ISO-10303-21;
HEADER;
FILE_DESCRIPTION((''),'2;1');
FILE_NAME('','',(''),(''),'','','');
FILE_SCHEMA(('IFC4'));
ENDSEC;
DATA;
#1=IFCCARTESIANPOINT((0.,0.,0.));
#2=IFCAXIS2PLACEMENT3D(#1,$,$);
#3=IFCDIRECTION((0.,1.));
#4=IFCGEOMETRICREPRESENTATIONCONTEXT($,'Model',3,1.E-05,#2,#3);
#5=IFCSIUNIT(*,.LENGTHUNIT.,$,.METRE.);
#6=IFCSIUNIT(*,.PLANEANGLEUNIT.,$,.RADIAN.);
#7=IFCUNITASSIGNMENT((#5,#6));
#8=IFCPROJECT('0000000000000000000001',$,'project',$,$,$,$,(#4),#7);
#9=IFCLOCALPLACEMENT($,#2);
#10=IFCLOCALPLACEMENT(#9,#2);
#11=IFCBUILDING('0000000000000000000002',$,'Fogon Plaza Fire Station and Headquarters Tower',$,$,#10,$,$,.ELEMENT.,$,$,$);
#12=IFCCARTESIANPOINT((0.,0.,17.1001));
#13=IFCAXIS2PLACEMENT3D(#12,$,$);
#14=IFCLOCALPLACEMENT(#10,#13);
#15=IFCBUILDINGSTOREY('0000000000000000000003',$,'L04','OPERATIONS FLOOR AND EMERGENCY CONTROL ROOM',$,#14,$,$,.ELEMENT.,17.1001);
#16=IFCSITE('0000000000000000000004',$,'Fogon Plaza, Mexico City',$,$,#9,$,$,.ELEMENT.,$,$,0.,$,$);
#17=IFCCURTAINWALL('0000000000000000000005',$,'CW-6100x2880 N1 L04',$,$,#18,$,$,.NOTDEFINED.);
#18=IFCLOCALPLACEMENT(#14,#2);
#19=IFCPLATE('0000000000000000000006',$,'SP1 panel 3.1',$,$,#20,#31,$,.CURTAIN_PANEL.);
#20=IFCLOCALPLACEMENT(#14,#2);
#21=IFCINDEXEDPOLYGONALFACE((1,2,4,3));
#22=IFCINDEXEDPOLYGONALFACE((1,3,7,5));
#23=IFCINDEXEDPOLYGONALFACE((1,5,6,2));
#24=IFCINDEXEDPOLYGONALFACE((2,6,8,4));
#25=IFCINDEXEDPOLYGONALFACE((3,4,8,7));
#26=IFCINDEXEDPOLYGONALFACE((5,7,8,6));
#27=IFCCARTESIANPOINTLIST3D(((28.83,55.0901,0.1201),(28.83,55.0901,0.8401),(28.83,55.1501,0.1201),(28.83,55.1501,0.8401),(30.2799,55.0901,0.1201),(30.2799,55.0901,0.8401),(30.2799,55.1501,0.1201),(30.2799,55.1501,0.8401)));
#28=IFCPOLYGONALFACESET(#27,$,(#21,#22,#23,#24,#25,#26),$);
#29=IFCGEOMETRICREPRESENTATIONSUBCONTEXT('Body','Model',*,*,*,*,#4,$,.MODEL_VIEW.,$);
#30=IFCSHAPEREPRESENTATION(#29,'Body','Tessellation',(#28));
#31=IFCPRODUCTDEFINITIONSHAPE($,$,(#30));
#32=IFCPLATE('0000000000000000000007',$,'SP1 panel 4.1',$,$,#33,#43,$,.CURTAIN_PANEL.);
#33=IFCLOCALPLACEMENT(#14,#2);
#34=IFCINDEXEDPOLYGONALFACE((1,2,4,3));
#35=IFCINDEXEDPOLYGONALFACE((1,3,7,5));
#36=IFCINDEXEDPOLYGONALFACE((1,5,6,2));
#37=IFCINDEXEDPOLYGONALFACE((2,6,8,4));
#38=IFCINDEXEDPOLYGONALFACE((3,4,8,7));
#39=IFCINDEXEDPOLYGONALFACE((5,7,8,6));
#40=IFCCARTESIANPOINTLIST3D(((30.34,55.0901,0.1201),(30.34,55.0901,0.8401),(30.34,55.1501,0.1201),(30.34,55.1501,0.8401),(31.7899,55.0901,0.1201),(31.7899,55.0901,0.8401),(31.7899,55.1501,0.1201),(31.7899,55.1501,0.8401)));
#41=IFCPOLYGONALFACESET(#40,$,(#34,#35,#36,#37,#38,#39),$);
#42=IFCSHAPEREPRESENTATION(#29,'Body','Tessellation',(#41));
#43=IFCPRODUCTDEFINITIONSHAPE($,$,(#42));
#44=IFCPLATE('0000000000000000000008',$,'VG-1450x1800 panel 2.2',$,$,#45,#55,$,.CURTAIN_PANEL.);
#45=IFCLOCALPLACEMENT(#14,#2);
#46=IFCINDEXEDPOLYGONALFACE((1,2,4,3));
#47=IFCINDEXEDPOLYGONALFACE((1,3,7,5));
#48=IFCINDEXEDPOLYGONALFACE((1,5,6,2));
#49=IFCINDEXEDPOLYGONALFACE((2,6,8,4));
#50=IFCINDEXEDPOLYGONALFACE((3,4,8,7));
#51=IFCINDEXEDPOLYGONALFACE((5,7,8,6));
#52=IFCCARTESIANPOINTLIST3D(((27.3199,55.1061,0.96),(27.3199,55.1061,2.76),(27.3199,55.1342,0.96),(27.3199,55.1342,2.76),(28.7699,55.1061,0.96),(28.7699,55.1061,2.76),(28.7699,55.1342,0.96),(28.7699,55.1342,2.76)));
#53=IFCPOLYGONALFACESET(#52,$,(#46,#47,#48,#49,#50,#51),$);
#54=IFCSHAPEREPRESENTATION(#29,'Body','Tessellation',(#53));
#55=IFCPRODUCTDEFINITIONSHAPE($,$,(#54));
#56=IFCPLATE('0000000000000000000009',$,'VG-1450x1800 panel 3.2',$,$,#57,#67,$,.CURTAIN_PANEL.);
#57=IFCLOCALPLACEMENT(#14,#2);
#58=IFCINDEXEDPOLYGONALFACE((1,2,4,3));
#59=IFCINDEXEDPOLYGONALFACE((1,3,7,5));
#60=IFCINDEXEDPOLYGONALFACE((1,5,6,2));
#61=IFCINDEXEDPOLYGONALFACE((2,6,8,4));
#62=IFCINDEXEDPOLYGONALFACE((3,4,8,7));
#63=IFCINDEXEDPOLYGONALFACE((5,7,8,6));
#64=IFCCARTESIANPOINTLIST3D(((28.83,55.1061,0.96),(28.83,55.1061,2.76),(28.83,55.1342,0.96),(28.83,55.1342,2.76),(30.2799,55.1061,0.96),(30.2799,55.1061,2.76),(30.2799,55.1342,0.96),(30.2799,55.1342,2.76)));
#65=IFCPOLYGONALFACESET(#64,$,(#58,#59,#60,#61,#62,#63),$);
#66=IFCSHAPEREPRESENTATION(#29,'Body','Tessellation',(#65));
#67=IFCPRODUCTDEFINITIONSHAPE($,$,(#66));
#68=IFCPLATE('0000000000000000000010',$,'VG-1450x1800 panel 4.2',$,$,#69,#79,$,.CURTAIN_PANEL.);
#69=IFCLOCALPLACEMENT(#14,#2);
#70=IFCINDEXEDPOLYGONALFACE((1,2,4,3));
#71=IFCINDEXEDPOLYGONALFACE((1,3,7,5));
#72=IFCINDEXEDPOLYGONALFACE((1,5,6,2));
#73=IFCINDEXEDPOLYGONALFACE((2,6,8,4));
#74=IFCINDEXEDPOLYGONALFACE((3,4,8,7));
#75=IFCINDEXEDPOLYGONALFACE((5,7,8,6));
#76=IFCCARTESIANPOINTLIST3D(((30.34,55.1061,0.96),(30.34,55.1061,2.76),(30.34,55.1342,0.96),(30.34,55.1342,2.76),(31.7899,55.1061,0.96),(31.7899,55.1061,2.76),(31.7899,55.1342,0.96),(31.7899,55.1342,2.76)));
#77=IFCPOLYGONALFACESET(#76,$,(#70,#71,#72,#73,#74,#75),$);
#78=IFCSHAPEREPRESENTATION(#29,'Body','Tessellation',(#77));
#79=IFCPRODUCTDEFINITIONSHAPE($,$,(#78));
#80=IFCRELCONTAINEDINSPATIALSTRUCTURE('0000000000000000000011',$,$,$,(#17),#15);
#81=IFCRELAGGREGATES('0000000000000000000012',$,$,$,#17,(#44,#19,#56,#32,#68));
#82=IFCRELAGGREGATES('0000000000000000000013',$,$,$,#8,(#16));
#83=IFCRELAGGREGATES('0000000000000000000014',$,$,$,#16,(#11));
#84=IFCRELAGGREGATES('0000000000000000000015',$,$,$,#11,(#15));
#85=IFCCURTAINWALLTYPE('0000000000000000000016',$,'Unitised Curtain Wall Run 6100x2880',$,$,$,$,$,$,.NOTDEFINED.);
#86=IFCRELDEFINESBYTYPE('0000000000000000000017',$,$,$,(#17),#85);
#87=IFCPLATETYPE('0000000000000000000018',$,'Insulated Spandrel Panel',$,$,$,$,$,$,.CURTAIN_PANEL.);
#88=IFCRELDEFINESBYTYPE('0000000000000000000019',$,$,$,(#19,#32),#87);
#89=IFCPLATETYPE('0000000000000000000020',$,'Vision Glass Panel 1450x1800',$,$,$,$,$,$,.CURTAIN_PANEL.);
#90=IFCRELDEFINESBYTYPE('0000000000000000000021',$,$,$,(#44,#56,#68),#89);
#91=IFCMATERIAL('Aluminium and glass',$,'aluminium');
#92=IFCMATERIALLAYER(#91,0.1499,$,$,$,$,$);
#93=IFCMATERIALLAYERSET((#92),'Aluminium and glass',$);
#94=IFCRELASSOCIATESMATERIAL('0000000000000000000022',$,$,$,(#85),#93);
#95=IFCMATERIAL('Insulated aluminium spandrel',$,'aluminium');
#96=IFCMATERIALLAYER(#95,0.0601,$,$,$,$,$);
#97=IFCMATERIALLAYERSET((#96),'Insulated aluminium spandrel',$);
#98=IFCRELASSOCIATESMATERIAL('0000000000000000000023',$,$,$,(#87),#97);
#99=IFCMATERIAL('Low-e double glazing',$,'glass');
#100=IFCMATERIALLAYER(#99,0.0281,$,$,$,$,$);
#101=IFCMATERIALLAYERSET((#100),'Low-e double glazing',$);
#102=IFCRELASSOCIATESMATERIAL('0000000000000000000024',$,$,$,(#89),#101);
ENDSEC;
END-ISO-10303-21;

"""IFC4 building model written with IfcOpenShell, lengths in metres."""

from ifc_helpers import new_model, si_unit, direction, frame, origin, origin_2d, place, context, subcontext, project, spatial, rectangle, extrude, material, layer, layer_set, type_object, element, aggregate, save


model = new_model("IFC4")

# Units and contexts
model_context = context("Model", 3, precision=1e-05, world=origin(), true_north=direction((0.0, 1.0)))
body_context = subcontext(model_context, "Body", "Model", "MODEL_VIEW")
ifc_project = project(units=[si_unit("LENGTHUNIT", "METRE"), si_unit("PLANEANGLEUNIT", "RADIAN")], contexts=[model_context])

# Site, building, storey
site_placement = place(None, origin())
site = spatial("IfcSite", under=ifc_project, at=site_placement, Name="Fogon Plaza, Mexico City", CompositionType="ELEMENT", RefElevation=0.0)
building_placement = place(site_placement, origin())
building = spatial("IfcBuilding", under=site, at=building_placement, Name="Fogon Plaza Fire Station and Headquarters Tower", CompositionType="ELEMENT")
storey_placement = place(building_placement, frame((0.0, 0.0, 17.1001)))
storey = spatial("IfcBuildingStorey", under=building, at=storey_placement, Name="L04", Description="OPERATIONS FLOOR AND EMERGENCY CONTROL ROOM", CompositionType="ELEMENT", Elevation=17.1001)

# Curtain wall
ifc_material_1 = material(Name="Aluminium and glass", Category="aluminium")
ifc_layer_1 = layer(ifc_material_1, 0.1499)
ifc_layer_set_1 = layer_set([ifc_layer_1], Name="Aluminium and glass")
curtain_wall_type = type_object("IfcCurtainWallType", Name="Unitised Curtain Wall Run 6100x2880", PredefinedType="NOTDEFINED", material=ifc_layer_set_1)
curtain_wall_placement = place(storey_placement, origin())
curtain_wall = element("IfcCurtainWall", 1, at=curtain_wall_placement, inside=storey, type_object=curtain_wall_type, Name="CW-6100x2880 N1 L04", PredefinedType="NOTDEFINED")

# Plates
ifc_material_2 = material(Name="Insulated aluminium spandrel", Category="aluminium")
ifc_layer_2 = layer(ifc_material_2, 0.0601)
ifc_layer_set_2 = layer_set([ifc_layer_2], Name="Insulated aluminium spandrel")
plate_type_1 = type_object("IfcPlateType", Name="Insulated Spandrel Panel", PredefinedType="CURTAIN_PANEL", material=ifc_layer_set_2)
plate_1_placement = place(storey_placement, frame((29.5549, 55.1201, 0.1201), z_axis=(0.0, 0.0, 1.0), x_axis=(1.0, 0.0, 0.0)))
plate_1 = element("IfcPlate", 2, at=plate_1_placement, type_object=plate_type_1, Name="SP1 panel 3.1", PredefinedType="CURTAIN_PANEL", context=body_context, shape_type="SweptSolid", body=[
    extrude(rectangle(XDim=1.45, YDim=0.0601, at=origin_2d()), origin(), (0.0, 0.0, 1.0), 0.72),
])
plate_2_placement = place(storey_placement, frame((31.0649, 55.1201, 0.1201), z_axis=(0.0, 0.0, 1.0), x_axis=(1.0, 0.0, 0.0)))
plate_2 = element("IfcPlate", 3, at=plate_2_placement, type_object=plate_type_1, Name="SP1 panel 4.1", PredefinedType="CURTAIN_PANEL", context=body_context, shape_type="SweptSolid", body=[
    extrude(rectangle(XDim=1.45, YDim=0.0601, at=origin_2d()), origin(), (0.0, 0.0, 1.0), 0.72),
])
ifc_material_3 = material(Name="Low-e double glazing", Category="glass")
ifc_layer_3 = layer(ifc_material_3, 0.0281)
ifc_layer_set_3 = layer_set([ifc_layer_3], Name="Low-e double glazing")
plate_type_2 = type_object("IfcPlateType", Name="Vision Glass Panel 1450x1800", PredefinedType="CURTAIN_PANEL", material=ifc_layer_set_3)
plate_3_placement = place(storey_placement, frame((28.0449, 55.1201, 0.96), z_axis=(0.0, 0.0, 1.0), x_axis=(1.0, 0.0, 0.0)))
plate_3 = element("IfcPlate", 4, at=plate_3_placement, type_object=plate_type_2, Name="VG-1450x1800 panel 2.2", PredefinedType="CURTAIN_PANEL", context=body_context, shape_type="SweptSolid", body=[
    extrude(rectangle(XDim=1.45, YDim=0.0281, at=origin_2d()), origin(), (0.0, 0.0, 1.0), 1.8),
])
plate_4_placement = place(storey_placement, frame((29.5549, 55.1201, 0.96), z_axis=(0.0, 0.0, 1.0), x_axis=(1.0, 0.0, 0.0)))
plate_4 = element("IfcPlate", 5, at=plate_4_placement, type_object=plate_type_2, Name="VG-1450x1800 panel 3.2", PredefinedType="CURTAIN_PANEL", context=body_context, shape_type="SweptSolid", body=[
    extrude(rectangle(XDim=1.45, YDim=0.0281, at=origin_2d()), origin(), (0.0, 0.0, 1.0), 1.8),
])
plate_5_placement = place(storey_placement, frame((31.0649, 55.1201, 0.96), z_axis=(0.0, 0.0, 1.0), x_axis=(1.0, 0.0, 0.0)))
plate_5 = element("IfcPlate", 6, at=plate_5_placement, type_object=plate_type_2, Name="VG-1450x1800 panel 4.2", PredefinedType="CURTAIN_PANEL", context=body_context, shape_type="SweptSolid", body=[
    extrude(rectangle(XDim=1.45, YDim=0.0281, at=origin_2d()), origin(), (0.0, 0.0, 1.0), 1.8),
])
aggregate(curtain_wall, [plate_3, plate_1, plate_4, plate_2, plate_5])

save(model, "model.ifc")
